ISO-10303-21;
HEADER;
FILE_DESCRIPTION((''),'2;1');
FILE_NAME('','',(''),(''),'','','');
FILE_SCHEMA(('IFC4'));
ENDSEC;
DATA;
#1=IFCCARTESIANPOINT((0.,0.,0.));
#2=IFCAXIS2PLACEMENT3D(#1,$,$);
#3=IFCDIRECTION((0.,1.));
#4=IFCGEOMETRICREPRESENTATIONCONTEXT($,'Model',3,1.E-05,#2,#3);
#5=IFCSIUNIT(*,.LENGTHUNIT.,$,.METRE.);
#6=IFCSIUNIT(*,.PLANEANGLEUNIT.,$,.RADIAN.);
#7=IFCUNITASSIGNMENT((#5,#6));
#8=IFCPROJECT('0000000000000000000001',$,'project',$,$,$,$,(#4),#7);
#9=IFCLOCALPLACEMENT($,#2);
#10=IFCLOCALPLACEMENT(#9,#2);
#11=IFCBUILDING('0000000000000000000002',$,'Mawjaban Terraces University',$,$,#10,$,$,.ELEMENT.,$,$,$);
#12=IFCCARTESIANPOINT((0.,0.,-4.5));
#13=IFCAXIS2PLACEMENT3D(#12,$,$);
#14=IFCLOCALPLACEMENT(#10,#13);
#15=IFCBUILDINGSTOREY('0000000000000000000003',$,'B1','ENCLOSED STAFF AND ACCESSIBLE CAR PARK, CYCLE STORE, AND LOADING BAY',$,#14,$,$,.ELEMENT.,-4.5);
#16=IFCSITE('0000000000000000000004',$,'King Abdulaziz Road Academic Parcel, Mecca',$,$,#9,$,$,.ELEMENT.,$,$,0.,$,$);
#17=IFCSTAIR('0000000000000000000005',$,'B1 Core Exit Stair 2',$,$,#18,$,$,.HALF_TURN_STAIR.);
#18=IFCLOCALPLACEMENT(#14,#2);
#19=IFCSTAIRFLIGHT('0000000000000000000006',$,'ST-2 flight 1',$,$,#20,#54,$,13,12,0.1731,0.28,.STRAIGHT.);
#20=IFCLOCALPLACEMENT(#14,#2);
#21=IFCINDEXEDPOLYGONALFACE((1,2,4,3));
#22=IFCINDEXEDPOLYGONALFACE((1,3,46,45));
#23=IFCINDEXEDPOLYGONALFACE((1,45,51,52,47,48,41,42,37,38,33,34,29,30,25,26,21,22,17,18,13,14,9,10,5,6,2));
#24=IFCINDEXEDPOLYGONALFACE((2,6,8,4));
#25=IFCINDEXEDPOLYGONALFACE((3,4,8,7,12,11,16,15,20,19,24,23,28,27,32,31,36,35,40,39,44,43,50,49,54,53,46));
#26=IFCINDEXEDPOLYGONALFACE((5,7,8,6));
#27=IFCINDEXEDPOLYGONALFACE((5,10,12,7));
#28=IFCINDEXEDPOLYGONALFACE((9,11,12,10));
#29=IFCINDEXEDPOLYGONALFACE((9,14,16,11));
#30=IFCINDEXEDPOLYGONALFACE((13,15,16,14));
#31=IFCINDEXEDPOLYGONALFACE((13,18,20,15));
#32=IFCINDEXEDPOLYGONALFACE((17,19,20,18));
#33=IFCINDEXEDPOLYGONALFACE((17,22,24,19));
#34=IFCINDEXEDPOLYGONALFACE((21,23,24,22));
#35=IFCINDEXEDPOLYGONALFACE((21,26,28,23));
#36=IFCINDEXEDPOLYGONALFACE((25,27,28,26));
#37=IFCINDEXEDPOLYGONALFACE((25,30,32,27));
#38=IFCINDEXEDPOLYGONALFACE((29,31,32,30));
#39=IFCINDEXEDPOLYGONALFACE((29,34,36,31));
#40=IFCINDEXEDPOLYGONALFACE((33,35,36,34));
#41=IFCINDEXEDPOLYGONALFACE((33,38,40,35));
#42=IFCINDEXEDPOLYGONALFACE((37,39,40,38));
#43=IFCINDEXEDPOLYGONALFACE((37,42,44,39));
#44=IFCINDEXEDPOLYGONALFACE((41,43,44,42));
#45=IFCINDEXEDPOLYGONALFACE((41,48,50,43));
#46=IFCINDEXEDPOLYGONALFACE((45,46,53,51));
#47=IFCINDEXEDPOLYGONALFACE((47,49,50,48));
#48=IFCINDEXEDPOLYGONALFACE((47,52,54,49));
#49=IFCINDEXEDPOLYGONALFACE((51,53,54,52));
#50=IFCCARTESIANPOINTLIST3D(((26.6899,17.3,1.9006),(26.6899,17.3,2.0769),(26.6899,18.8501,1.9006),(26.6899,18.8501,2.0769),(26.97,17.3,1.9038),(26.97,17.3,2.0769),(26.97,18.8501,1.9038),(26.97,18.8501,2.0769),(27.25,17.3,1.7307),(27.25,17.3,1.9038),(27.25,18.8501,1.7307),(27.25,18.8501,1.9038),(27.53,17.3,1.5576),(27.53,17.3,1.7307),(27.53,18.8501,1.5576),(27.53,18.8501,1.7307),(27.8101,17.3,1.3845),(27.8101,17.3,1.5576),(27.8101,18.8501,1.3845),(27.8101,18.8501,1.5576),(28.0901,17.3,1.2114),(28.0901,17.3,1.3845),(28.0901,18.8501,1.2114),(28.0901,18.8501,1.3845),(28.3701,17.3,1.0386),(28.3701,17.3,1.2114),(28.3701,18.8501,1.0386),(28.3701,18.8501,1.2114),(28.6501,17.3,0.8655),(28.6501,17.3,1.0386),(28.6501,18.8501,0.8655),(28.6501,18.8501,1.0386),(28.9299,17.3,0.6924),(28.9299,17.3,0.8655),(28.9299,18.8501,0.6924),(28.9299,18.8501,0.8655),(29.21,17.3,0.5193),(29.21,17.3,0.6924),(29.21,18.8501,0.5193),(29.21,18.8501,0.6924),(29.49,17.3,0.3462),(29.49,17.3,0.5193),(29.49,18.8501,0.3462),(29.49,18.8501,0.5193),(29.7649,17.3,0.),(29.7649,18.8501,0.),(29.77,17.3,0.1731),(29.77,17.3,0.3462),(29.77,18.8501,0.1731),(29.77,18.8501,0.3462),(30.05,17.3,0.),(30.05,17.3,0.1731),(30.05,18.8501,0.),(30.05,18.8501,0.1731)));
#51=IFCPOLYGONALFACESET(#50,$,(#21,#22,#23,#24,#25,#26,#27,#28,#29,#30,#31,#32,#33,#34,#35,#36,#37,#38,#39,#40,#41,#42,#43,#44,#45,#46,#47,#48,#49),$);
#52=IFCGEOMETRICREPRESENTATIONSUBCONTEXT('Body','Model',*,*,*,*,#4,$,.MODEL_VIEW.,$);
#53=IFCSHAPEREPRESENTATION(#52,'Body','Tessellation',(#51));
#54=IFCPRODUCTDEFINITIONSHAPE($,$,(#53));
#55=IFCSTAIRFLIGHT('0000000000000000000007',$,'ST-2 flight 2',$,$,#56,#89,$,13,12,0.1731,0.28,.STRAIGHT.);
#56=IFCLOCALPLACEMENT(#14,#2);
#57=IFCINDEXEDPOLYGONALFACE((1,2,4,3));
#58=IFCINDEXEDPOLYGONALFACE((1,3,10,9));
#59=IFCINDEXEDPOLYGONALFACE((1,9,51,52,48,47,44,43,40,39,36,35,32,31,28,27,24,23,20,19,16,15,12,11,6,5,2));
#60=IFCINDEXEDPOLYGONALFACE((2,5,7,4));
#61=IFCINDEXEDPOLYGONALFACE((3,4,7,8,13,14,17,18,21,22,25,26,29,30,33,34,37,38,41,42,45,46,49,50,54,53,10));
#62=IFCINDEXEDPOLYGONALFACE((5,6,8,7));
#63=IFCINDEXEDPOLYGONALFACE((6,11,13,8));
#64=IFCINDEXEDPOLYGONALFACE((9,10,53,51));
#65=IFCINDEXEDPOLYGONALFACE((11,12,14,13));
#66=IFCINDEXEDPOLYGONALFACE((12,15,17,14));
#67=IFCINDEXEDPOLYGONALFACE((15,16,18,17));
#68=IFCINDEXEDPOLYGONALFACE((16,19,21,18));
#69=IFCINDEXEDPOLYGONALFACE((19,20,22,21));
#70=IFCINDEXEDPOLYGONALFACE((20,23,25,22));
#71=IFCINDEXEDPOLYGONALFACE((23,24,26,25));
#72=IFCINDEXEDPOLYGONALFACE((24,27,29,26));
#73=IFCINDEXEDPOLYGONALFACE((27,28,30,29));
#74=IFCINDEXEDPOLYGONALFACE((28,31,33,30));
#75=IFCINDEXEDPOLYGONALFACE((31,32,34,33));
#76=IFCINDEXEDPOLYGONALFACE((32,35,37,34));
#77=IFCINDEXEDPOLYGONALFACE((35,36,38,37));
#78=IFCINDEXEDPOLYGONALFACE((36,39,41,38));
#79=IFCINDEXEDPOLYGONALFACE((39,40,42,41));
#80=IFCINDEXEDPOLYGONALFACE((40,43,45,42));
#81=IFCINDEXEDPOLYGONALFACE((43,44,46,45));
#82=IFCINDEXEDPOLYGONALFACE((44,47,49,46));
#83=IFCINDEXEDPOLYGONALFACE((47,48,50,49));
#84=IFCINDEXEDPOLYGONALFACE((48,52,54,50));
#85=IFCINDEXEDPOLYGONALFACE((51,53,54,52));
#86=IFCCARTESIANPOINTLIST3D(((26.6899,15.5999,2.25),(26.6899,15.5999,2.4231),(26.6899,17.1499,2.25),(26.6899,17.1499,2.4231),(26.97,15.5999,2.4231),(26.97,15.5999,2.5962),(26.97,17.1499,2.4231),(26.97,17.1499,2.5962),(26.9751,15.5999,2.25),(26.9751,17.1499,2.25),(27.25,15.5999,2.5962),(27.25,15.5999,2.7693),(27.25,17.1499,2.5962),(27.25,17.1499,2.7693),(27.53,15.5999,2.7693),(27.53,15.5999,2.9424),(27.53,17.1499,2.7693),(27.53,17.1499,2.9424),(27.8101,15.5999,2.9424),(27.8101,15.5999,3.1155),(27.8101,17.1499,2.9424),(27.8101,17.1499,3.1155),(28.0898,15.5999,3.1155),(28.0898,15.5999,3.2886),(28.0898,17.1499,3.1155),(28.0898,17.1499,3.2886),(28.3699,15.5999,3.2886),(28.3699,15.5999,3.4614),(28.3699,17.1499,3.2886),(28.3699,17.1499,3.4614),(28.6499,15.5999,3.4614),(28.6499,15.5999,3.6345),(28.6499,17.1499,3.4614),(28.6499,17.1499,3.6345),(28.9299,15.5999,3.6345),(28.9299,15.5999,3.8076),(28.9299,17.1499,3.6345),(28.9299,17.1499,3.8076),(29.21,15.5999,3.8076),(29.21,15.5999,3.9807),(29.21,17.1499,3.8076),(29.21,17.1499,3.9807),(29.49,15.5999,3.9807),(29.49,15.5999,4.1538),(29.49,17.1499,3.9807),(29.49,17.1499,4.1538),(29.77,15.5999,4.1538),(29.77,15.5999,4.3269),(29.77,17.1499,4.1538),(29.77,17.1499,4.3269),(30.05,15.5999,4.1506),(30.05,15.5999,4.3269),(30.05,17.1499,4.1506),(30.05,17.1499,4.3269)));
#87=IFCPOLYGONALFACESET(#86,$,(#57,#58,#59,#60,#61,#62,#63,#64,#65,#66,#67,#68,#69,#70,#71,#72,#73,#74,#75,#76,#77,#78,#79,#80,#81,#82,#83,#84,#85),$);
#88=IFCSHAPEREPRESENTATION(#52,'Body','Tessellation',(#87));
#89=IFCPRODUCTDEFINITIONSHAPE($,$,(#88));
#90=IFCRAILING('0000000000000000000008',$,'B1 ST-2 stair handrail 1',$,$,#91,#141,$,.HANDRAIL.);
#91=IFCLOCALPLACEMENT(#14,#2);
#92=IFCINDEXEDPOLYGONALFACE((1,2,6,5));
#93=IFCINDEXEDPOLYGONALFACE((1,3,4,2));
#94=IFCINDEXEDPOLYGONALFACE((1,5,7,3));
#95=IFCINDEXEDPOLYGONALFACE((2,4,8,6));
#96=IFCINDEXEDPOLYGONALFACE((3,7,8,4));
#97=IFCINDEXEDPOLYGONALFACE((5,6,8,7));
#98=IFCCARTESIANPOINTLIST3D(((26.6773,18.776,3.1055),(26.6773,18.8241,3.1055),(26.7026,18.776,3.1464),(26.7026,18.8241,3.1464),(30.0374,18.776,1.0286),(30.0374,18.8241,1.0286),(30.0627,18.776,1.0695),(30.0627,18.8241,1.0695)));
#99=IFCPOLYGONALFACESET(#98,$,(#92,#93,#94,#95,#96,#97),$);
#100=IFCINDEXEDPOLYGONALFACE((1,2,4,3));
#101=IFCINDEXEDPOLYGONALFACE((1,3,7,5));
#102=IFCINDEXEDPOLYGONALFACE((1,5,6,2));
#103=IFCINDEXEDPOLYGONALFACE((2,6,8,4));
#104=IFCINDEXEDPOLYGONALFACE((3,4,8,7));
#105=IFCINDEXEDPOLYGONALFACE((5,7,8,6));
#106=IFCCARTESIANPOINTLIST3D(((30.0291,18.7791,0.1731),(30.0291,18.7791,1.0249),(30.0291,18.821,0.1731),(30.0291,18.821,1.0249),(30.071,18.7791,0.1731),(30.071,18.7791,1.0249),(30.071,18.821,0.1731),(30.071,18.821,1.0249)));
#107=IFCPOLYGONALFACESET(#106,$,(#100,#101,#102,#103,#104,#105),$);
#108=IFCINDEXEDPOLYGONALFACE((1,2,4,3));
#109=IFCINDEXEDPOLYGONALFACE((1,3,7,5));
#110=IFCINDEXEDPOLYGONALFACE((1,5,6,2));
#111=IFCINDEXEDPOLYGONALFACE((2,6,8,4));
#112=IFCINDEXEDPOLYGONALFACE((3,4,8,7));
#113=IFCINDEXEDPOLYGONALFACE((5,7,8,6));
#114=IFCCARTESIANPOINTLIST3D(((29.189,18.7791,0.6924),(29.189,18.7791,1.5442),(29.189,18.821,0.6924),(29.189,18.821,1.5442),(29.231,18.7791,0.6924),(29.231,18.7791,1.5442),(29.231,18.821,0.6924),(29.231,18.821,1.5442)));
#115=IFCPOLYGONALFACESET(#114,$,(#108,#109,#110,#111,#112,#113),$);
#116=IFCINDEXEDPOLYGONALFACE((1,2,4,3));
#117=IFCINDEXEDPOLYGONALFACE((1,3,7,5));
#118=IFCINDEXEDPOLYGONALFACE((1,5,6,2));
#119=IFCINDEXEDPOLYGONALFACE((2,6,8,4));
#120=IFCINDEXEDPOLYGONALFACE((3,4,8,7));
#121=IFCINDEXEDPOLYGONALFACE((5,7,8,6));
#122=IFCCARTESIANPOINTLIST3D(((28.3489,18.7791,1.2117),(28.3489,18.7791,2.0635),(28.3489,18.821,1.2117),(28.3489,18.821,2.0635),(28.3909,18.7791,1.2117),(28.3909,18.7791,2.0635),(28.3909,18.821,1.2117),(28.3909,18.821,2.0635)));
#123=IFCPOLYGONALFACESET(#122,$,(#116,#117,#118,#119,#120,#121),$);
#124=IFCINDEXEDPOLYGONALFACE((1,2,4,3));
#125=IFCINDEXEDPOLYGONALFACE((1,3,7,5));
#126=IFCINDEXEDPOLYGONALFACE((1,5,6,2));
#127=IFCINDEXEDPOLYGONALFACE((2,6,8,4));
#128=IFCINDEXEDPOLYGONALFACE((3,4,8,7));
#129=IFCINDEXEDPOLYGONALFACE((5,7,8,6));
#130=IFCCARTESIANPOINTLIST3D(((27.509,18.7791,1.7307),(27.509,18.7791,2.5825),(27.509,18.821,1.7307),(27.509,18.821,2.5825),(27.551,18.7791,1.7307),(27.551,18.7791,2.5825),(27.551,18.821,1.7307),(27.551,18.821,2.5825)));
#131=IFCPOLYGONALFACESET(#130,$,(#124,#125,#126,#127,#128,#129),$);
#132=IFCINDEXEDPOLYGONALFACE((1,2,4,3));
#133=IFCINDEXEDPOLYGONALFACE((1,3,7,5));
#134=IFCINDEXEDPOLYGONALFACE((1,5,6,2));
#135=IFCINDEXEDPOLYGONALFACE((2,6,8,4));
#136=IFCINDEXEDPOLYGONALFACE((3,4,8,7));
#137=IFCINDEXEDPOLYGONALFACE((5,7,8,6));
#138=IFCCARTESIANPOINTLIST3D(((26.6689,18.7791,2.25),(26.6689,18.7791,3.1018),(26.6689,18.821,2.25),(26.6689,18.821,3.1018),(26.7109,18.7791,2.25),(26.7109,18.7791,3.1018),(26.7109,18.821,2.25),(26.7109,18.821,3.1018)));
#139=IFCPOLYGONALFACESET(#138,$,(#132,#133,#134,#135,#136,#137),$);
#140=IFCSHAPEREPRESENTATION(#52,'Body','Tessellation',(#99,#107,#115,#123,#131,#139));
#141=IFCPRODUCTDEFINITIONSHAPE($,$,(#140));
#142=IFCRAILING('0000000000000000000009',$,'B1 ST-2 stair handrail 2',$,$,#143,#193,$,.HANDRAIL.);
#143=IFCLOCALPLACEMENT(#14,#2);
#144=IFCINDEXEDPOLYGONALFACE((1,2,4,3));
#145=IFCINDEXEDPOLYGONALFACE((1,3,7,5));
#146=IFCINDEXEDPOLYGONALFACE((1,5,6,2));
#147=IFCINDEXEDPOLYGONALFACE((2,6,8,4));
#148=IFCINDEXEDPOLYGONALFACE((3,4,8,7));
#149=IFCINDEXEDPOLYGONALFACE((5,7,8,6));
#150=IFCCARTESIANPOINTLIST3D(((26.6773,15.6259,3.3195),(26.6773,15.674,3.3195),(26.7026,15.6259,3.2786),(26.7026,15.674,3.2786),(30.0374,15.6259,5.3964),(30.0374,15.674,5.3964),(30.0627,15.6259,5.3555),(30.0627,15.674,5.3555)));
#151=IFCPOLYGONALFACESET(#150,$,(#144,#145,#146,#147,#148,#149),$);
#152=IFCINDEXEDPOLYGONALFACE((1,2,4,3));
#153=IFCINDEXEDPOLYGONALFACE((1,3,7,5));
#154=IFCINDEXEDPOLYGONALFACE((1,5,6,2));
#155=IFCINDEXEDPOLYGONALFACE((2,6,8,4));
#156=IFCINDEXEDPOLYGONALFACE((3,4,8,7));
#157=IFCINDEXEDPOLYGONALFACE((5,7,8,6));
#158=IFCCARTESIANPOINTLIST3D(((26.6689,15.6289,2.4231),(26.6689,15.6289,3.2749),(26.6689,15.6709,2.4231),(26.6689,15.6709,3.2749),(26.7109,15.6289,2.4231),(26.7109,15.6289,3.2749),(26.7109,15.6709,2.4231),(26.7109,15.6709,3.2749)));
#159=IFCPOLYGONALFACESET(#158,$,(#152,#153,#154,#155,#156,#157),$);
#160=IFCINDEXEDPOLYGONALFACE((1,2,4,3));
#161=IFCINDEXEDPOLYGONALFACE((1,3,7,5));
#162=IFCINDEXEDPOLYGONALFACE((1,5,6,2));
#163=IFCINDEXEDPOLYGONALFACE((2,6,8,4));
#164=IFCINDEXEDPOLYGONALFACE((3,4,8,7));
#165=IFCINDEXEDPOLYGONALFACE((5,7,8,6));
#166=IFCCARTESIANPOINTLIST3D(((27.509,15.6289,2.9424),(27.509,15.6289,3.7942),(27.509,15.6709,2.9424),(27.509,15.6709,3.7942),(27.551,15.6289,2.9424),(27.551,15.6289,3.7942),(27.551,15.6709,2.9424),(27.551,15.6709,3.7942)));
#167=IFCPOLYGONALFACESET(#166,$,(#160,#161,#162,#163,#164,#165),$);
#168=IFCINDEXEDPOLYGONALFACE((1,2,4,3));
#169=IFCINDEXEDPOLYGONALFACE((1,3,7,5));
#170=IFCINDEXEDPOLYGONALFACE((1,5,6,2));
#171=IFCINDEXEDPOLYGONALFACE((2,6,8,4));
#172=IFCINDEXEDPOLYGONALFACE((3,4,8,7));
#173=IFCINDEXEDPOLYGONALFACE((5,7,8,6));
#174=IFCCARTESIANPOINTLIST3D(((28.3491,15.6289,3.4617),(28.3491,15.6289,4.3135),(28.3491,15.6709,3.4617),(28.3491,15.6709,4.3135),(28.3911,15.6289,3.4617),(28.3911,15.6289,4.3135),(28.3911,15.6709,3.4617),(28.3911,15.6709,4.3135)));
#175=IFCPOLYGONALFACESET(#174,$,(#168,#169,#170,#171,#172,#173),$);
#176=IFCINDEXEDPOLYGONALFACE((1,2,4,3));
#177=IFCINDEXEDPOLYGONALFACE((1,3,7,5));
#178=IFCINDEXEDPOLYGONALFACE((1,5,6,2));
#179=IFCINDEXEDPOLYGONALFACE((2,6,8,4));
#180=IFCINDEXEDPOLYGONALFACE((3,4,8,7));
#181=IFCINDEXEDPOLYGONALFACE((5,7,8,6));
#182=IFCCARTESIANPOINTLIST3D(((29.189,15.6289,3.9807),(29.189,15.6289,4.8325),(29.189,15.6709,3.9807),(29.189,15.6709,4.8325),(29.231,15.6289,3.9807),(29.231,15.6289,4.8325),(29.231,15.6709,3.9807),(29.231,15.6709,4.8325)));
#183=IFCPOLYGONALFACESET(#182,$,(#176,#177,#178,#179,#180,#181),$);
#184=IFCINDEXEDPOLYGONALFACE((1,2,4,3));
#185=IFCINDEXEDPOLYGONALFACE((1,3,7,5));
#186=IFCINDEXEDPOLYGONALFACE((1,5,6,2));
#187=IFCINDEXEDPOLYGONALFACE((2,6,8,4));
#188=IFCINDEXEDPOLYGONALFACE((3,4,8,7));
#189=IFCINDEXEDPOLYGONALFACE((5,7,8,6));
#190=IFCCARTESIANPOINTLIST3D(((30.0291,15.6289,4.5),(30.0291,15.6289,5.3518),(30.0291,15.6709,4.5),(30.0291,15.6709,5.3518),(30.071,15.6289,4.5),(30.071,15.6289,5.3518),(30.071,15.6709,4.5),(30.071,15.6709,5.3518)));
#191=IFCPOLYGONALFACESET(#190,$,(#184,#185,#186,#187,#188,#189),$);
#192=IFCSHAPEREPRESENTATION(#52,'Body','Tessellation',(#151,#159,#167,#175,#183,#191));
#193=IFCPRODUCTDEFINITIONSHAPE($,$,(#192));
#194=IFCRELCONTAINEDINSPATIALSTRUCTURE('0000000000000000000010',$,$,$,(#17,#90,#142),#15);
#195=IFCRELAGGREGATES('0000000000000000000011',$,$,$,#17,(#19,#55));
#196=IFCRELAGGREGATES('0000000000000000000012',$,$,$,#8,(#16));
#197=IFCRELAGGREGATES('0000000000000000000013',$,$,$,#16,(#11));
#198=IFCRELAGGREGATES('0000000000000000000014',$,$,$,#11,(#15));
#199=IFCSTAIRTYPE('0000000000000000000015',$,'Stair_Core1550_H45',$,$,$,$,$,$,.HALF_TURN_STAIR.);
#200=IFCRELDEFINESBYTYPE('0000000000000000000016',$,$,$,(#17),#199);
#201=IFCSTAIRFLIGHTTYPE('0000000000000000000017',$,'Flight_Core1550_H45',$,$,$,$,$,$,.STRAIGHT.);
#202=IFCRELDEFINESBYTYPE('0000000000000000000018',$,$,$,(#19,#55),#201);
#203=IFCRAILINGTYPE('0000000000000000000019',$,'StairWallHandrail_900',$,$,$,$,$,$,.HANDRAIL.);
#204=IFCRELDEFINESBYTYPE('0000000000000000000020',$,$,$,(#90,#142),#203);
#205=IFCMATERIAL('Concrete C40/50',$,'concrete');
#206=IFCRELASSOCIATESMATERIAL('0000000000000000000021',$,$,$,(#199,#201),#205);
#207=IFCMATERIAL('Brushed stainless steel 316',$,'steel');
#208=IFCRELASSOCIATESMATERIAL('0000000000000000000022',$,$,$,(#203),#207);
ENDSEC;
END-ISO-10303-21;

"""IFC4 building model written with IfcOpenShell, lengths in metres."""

from ifc_helpers import new_model, si_unit, direction, frame, origin, origin_2d, place, context, subcontext, project, spatial, polyline, rectangle, outline, extrude, material, type_object, element, aggregate, save


model = new_model("IFC4")

# Units and contexts
model_context = context("Model", 3, precision=1e-05, world=origin(), true_north=direction((0.0, 1.0)))
body_context = subcontext(model_context, "Body", "Model", "MODEL_VIEW")
ifc_project = project(units=[si_unit("LENGTHUNIT", "METRE"), si_unit("PLANEANGLEUNIT", "RADIAN")], contexts=[model_context])

# Site, building, storey
site_placement = place(None, origin())
site = spatial("IfcSite", under=ifc_project, at=site_placement, Name="King Abdulaziz Road Academic Parcel, Mecca", CompositionType="ELEMENT", RefElevation=0.0)
building_placement = place(site_placement, origin())
building = spatial("IfcBuilding", under=site, at=building_placement, Name="Mawjaban Terraces University", CompositionType="ELEMENT")
storey_placement = place(building_placement, frame((0.0, 0.0, -4.5)))
storey = spatial("IfcBuildingStorey", under=building, at=storey_placement, Name="B1", Description="ENCLOSED STAFF AND ACCESSIBLE CAR PARK, CYCLE STORE, AND LOADING BAY", CompositionType="ELEMENT", Elevation=-4.5)

# Stair, stair flights
ifc_material_1 = material(Name="Concrete C40/50", Category="concrete")
stair_type = type_object("IfcStairType", Name="Stair_Core1550_H45", PredefinedType="HALF_TURN_STAIR", material=ifc_material_1)
stair_placement = place(storey_placement, origin())
stair = element("IfcStair", 1, at=stair_placement, inside=storey, type_object=stair_type, Name="B1 Core Exit Stair 2", PredefinedType="HALF_TURN_STAIR")
stair_flight_type = type_object("IfcStairFlightType", Name="Flight_Core1550_H45", PredefinedType="STRAIGHT", material=ifc_material_1)
stair_flight_1_placement = place(storey_placement, frame((30.05, 18.075, 0.0), z_axis=(0.0, 0.0, 1.0), x_axis=(-1.0, 0.0, 0.0)))
stair_flight_1 = element("IfcStairFlight", 2, at=stair_flight_1_placement, type_object=stair_flight_type, Name="ST-2 flight 1", NumberOfRisers=13, NumberOfTreads=12, PredefinedType="STRAIGHT", RiserHeight=0.1731, TreadLength=0.28, context=body_context, shape_type="SweptSolid", body=[
    extrude(outline(polyline([(0.0, 0.0), (0.0, 0.1731), (0.28, 0.1731), (0.28, 0.3462), (0.5601, 0.3462), (0.5601, 0.5193), (0.8401, 0.5193), (0.8401, 0.6924), (1.1201, 0.6924), (1.1201, 0.8655), (1.3999, 0.8655), (1.3999, 1.0386), (1.6799, 1.0386), (1.6799, 1.2114), (1.96, 1.2114), (1.96, 1.3845), (2.24, 1.3845), (2.24, 1.5576), (2.52, 1.5576), (2.52, 1.7307), (2.8, 1.7307), (2.8, 1.9038), (3.0801, 1.9038), (3.0801, 2.0769), (3.3601, 2.0769), (3.3601, 2.25), (3.3601, 1.9006), (0.2852, 0.0), (0.0, 0.0)])), frame((0.0, 0.7749, 0.0), z_axis=(0.0, -1.0, 0.0), x_axis=(1.0, 0.0, 0.0)), (0.0, 0.0, 1.0), 1.55),
])
stair_flight_2_placement = place(storey_placement, frame((26.6899, 16.375, 2.25), z_axis=(0.0, 0.0, 1.0), x_axis=(1.0, 0.0, 0.0)))
stair_flight_2 = element("IfcStairFlight", 3, at=stair_flight_2_placement, type_object=stair_flight_type, Name="ST-2 flight 2", NumberOfRisers=13, NumberOfTreads=12, PredefinedType="STRAIGHT", RiserHeight=0.1731, TreadLength=0.28, context=body_context, shape_type="SweptSolid", body=[
    extrude(outline(polyline([(0.0, 0.0), (0.0, 0.1731), (0.28, 0.1731), (0.28, 0.3462), (0.5601, 0.3462), (0.5601, 0.5193), (0.8401, 0.5193), (0.8401, 0.6924), (1.1201, 0.6924), (1.1201, 0.8655), (1.3999, 0.8655), (1.3999, 1.0386), (1.6799, 1.0386), (1.6799, 1.2114), (1.96, 1.2114), (1.96, 1.3845), (2.24, 1.3845), (2.24, 1.5576), (2.52, 1.5576), (2.52, 1.7307), (2.8, 1.7307), (2.8, 1.9038), (3.0801, 1.9038), (3.0801, 2.0769), (3.3601, 2.0769), (3.3601, 2.25), (3.3601, 1.9006), (0.2852, 0.0), (0.0, 0.0)])), frame((0.0, 0.7749, 0.0), z_axis=(0.0, -1.0, 0.0), x_axis=(1.0, 0.0, 0.0)), (0.0, 0.0, 1.0), 1.55),
])
aggregate(stair, [stair_flight_1, stair_flight_2])

# Railings
ifc_material_2 = material(Name="Brushed stainless steel 316", Category="steel")
railing_type_1 = type_object("IfcRailingType", Name="StairWallHandrail_900", PredefinedType="HANDRAIL", material=ifc_material_2)
railing_1_placement = place(storey_placement, frame((30.05, 18.8, 0.1731)))
element("IfcRailing", 4, at=railing_1_placement, inside=storey, type_object=railing_type_1, Name="B1 ST-2 stair handrail 1", PredefinedType="HANDRAIL", context=body_context, shape_type="SweptSolid", body=[
    extrude(rectangle(XDim=0.0481, YDim=0.0481, at=origin_2d()), frame((0.0, 0.0, 0.876), z_axis=(-0.850623, 0.0, 0.525776), x_axis=(0.0, -1.0, 0.0)), (0.0, 0.0, 1.0), 3.9502),
    extrude(rectangle(XDim=0.042, YDim=0.042, at=origin_2d()), origin(), (0.0, 0.0, 1.0), 0.8518),
    extrude(rectangle(XDim=0.042, YDim=0.042, at=origin_2d()), frame((-0.8401, 0.0, 0.5193)), (0.0, 0.0, 1.0), 0.8518),
    extrude(rectangle(XDim=0.042, YDim=0.042, at=origin_2d()), frame((-1.6802, 0.0, 1.0386)), (0.0, 0.0, 1.0), 0.8518),
    extrude(rectangle(XDim=0.042, YDim=0.042, at=origin_2d()), frame((-2.52, 0.0, 1.5576)), (0.0, 0.0, 1.0), 0.8518),
    extrude(rectangle(XDim=0.042, YDim=0.042, at=origin_2d()), frame((-3.3601, 0.0, 2.0769)), (0.0, 0.0, 1.0), 0.8518),
])
railing_2_placement = place(storey_placement, frame((26.6899, 15.6499, 2.4231)))
element("IfcRailing", 5, at=railing_2_placement, inside=storey, type_object=railing_type_1, Name="B1 ST-2 stair handrail 2", PredefinedType="HANDRAIL", context=body_context, shape_type="SweptSolid", body=[
    extrude(rectangle(XDim=0.0481, YDim=0.0481, at=origin_2d()), frame((0.0, 0.0, 0.876), z_axis=(0.850623, 0.0, 0.525776), x_axis=(0.0, 1.0, 0.0)), (0.0, 0.0, 1.0), 3.9502),
    extrude(rectangle(XDim=0.042, YDim=0.042, at=origin_2d()), origin(), (0.0, 0.0, 1.0), 0.8518),
    extrude(rectangle(XDim=0.042, YDim=0.042, at=origin_2d()), frame((0.8401, 0.0, 0.5193)), (0.0, 0.0, 1.0), 0.8518),
    extrude(rectangle(XDim=0.042, YDim=0.042, at=origin_2d()), frame((1.6802, 0.0, 1.0386)), (0.0, 0.0, 1.0), 0.8518),
    extrude(rectangle(XDim=0.042, YDim=0.042, at=origin_2d()), frame((2.52, 0.0, 1.5576)), (0.0, 0.0, 1.0), 0.8518),
    extrude(rectangle(XDim=0.042, YDim=0.042, at=origin_2d()), frame((3.3601, 0.0, 2.0769)), (0.0, 0.0, 1.0), 0.8518),
])

save(model, "model.ifc")
